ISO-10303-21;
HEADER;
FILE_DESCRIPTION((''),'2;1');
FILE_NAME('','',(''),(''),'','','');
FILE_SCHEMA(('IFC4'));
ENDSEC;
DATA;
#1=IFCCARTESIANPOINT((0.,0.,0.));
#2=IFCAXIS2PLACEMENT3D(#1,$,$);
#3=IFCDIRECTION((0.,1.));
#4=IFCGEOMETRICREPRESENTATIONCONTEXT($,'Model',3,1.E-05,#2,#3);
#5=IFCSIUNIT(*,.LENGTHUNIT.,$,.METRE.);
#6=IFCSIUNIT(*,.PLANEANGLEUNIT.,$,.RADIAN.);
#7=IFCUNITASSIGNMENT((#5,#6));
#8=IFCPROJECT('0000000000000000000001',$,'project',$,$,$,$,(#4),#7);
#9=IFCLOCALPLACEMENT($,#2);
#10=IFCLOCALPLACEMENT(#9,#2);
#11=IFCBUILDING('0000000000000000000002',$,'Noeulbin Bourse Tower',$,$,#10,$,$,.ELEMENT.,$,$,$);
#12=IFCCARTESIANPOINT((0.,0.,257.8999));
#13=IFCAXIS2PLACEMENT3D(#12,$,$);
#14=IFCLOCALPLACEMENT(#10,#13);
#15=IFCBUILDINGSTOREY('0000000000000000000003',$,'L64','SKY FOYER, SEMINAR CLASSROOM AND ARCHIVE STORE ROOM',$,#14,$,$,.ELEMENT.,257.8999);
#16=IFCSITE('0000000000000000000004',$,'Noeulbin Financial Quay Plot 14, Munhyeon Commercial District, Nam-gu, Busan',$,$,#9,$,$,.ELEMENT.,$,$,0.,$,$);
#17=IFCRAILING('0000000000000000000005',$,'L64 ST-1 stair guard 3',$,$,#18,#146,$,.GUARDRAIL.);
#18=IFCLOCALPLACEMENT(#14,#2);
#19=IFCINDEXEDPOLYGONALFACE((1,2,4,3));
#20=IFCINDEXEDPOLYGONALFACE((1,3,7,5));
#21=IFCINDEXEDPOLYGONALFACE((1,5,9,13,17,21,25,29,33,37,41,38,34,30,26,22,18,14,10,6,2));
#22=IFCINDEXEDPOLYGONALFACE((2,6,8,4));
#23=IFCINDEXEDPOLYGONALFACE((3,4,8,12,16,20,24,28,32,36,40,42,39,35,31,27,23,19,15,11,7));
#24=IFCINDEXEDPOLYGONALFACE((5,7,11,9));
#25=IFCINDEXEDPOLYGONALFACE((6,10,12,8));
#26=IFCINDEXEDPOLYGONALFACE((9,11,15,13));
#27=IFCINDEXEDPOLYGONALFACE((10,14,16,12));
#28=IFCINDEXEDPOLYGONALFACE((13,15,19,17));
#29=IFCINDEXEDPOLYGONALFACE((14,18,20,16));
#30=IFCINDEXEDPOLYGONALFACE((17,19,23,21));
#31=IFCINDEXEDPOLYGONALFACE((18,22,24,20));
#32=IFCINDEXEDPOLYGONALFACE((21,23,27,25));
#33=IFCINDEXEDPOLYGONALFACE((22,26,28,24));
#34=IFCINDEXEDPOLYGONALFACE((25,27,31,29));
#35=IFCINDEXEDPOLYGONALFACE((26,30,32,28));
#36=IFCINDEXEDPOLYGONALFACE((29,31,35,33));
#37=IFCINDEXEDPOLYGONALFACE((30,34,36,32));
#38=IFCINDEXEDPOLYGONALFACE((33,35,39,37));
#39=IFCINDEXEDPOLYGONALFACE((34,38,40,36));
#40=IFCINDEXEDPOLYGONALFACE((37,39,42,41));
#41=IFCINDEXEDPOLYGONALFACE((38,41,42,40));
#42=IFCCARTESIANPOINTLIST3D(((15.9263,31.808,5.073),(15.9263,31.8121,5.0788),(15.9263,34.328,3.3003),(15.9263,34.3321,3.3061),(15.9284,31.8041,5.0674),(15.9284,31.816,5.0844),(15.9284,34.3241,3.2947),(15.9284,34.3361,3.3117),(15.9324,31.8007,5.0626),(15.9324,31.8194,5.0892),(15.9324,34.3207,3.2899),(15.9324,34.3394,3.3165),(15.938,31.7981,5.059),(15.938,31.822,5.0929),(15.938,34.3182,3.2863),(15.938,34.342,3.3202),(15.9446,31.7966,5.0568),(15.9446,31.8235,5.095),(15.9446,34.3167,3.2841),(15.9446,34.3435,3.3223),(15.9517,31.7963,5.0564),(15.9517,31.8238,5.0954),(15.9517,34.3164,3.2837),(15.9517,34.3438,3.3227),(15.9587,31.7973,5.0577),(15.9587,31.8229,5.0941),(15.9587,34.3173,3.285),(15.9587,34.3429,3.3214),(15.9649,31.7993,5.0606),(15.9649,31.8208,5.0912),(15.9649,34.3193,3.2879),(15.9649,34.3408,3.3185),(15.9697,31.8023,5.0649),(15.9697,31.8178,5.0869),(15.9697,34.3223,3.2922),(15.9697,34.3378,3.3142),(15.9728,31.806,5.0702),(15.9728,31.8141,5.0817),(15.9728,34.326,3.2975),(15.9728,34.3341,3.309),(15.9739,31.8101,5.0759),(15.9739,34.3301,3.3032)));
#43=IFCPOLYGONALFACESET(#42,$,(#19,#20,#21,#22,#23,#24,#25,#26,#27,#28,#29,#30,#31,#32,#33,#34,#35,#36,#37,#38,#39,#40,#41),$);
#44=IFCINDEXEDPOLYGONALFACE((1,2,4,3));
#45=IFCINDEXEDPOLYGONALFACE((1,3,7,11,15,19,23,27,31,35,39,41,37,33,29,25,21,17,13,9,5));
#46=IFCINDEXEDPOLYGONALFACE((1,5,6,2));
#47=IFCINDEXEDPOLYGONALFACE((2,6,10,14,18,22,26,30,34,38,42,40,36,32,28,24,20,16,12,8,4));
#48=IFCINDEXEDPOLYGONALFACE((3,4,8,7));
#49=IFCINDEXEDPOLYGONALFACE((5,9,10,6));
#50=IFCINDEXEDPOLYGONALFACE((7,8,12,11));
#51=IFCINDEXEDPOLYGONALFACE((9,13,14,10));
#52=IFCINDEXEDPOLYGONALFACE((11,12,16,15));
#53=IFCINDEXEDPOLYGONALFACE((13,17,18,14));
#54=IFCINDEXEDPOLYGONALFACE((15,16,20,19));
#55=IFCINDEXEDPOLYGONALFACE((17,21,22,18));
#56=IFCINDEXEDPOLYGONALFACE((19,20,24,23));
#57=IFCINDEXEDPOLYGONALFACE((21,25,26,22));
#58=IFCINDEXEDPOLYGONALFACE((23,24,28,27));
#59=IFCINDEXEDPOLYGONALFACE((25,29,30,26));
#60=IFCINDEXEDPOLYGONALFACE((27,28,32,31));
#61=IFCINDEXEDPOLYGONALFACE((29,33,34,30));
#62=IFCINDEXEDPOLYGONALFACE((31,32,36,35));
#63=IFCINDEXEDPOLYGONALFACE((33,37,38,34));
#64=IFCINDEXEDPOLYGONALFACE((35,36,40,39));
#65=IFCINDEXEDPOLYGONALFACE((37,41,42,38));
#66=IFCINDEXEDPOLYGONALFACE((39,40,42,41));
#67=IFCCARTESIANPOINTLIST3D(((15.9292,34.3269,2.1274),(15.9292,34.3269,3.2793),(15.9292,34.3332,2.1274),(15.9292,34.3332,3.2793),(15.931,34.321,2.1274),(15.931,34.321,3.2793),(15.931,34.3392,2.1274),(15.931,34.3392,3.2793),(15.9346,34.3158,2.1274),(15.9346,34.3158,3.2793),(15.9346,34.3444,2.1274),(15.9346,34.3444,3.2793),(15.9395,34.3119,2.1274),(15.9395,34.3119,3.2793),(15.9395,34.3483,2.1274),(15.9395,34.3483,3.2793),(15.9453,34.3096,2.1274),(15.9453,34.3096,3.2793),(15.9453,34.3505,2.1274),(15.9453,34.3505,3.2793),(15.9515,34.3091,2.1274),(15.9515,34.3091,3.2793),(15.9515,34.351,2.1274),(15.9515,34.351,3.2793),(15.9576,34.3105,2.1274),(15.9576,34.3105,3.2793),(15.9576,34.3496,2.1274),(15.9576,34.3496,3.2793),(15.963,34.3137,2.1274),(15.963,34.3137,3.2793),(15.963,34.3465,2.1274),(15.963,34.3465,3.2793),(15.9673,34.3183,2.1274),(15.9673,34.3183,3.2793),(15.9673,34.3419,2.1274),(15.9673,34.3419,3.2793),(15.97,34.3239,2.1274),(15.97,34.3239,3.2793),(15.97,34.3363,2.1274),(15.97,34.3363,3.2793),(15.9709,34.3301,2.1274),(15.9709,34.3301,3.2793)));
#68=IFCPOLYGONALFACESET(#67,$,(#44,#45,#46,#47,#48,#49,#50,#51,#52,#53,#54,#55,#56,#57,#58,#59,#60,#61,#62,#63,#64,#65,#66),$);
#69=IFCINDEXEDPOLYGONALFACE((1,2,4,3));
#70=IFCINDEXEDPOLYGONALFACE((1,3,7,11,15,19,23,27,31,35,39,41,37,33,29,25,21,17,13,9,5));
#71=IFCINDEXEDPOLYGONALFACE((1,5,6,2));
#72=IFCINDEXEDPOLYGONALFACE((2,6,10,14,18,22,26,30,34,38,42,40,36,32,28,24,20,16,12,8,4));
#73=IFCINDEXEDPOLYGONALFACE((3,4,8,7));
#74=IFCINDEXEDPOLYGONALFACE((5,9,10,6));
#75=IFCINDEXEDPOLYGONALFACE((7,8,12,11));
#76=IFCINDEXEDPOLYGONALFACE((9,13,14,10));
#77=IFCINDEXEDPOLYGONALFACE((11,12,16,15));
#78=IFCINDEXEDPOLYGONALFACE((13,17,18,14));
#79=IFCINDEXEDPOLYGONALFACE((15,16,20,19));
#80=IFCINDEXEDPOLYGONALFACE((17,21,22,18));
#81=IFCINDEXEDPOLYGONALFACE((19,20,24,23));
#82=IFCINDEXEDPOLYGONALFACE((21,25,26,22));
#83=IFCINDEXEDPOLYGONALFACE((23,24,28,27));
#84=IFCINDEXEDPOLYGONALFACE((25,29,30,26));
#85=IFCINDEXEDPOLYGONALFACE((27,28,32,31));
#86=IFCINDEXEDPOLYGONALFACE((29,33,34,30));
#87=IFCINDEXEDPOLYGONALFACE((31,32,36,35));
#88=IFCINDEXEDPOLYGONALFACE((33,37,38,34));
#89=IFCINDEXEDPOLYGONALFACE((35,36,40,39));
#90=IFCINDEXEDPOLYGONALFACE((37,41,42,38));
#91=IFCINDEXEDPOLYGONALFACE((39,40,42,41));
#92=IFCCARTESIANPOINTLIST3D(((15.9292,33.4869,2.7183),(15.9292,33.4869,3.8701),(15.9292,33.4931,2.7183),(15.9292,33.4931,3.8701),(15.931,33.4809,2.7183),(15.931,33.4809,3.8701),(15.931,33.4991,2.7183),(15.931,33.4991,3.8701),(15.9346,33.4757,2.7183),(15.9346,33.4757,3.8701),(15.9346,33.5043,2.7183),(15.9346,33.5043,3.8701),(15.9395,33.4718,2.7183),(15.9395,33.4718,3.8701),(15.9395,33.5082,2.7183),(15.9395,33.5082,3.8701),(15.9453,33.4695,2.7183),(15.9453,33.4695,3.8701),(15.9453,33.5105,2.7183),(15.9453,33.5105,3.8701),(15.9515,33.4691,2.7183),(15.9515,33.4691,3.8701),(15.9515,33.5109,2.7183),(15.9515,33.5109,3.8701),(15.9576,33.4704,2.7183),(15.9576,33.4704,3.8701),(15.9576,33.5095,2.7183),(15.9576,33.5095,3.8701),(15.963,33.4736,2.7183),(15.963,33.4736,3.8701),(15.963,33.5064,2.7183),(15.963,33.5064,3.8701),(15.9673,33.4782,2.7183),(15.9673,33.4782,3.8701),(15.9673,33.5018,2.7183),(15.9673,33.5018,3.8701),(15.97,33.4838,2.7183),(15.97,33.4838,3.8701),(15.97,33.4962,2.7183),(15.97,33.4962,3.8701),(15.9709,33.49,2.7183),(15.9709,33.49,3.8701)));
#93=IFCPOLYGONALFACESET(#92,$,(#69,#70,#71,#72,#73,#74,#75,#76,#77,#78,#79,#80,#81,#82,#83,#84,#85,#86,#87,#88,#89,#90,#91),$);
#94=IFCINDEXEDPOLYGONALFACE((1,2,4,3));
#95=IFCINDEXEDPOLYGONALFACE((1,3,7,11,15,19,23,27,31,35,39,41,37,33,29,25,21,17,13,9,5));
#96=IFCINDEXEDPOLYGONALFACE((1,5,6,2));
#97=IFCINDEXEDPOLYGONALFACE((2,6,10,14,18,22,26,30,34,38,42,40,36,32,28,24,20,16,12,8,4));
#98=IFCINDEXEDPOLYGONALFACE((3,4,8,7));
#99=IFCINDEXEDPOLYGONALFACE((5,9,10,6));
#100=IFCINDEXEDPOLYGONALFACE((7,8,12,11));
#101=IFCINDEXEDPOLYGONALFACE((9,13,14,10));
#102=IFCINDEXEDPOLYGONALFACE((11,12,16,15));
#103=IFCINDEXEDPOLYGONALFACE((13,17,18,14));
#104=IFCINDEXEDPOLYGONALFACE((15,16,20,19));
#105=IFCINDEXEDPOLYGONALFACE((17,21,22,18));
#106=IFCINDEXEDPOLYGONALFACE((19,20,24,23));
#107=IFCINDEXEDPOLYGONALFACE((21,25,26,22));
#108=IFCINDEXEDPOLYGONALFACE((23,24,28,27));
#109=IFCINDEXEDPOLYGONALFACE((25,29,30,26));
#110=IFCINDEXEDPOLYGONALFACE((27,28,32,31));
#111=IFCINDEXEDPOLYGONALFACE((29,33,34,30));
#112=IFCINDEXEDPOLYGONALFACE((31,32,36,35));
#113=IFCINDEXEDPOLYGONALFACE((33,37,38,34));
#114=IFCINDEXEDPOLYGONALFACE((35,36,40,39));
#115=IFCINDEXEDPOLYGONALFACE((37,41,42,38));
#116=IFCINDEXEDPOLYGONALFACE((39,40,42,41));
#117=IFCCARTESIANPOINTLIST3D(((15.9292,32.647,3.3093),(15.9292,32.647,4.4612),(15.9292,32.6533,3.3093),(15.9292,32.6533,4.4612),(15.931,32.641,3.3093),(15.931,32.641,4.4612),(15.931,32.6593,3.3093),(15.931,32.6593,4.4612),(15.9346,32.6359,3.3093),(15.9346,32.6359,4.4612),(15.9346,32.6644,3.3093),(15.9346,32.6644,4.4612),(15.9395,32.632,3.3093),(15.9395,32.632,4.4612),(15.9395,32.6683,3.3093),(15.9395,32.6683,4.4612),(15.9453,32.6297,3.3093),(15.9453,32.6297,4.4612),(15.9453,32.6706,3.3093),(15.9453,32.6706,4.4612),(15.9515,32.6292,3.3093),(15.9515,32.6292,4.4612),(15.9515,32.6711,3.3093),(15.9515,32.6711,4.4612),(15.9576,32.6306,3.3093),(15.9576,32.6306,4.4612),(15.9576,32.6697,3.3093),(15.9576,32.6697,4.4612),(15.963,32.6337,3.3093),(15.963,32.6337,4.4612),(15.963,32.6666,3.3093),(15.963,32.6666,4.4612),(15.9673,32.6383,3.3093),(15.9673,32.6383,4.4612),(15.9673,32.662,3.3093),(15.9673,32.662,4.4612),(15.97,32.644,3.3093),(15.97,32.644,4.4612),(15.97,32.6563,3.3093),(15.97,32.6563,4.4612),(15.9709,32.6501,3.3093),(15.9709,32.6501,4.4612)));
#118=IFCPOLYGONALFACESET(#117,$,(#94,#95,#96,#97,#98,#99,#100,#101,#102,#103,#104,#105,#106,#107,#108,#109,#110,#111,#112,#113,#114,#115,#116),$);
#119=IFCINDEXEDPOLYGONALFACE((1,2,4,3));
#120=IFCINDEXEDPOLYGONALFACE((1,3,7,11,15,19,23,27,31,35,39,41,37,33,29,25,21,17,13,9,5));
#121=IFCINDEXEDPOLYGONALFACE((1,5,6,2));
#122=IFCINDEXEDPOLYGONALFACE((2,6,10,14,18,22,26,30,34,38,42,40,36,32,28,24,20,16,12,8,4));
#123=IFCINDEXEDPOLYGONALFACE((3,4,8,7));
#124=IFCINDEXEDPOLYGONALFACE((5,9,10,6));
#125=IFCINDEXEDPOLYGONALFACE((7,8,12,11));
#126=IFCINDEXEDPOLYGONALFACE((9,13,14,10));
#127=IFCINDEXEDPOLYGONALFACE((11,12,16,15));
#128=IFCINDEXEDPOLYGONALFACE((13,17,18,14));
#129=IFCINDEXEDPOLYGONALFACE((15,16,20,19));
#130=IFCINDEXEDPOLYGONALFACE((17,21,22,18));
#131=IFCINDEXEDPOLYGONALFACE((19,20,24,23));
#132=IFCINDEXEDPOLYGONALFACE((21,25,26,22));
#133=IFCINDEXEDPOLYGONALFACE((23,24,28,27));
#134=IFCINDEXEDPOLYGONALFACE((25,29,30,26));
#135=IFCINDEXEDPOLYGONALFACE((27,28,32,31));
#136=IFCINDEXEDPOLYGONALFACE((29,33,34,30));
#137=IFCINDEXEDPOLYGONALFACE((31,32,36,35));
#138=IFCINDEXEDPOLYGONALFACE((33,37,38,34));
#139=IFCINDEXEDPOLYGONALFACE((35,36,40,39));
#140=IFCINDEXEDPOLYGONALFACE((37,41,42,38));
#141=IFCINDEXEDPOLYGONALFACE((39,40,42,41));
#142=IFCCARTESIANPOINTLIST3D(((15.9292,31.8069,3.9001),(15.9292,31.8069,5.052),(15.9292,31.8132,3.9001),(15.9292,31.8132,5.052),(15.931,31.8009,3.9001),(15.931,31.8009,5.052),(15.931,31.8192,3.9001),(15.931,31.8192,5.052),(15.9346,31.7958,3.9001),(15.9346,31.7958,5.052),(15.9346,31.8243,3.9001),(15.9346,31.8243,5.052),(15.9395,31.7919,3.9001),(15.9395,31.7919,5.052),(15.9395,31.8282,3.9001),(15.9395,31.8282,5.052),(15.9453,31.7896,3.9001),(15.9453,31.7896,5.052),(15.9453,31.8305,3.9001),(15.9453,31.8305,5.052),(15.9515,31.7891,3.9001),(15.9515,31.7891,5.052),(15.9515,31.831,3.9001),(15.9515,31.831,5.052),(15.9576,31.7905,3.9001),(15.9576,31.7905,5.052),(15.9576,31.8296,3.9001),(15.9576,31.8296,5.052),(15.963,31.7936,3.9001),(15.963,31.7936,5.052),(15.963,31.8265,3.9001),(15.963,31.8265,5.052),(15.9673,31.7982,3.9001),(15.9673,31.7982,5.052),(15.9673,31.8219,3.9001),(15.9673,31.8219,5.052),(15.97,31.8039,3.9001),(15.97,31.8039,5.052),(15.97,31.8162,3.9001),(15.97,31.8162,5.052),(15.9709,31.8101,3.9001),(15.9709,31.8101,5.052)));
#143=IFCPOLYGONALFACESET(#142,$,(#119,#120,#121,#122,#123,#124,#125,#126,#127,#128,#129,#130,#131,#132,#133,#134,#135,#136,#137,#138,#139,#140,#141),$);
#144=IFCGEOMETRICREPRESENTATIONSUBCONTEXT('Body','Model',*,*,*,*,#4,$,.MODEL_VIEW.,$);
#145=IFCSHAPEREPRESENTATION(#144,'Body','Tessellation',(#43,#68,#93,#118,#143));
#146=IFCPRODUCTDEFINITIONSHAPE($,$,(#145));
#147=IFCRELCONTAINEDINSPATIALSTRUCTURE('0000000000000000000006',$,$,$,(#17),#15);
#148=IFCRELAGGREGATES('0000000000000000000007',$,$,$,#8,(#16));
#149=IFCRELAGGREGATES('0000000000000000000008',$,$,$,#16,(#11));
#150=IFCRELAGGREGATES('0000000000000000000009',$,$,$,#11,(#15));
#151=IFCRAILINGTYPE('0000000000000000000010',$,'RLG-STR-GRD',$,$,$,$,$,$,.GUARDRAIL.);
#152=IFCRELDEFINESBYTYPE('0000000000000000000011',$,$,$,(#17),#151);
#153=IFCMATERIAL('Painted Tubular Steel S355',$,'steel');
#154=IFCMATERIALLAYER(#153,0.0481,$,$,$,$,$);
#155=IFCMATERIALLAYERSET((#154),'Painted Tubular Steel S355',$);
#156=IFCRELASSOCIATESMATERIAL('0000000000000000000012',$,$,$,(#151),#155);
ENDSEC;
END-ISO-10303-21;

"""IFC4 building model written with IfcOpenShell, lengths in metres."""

from ifc_helpers import new_model, si_unit, direction, frame, origin, origin_2d, place, context, subcontext, project, spatial, circle, extrude, material, layer, layer_set, type_object, element, save


model = new_model("IFC4")

# Units and contexts
model_context = context("Model", 3, precision=1e-05, world=origin(), true_north=direction((0.0, 1.0)))
body_context = subcontext(model_context, "Body", "Model", "MODEL_VIEW")
ifc_project = project(units=[si_unit("LENGTHUNIT", "METRE"), si_unit("PLANEANGLEUNIT", "RADIAN")], contexts=[model_context])

# Site, building, storey
site_placement = place(None, origin())
site = spatial("IfcSite", under=ifc_project, at=site_placement, Name="Noeulbin Financial Quay Plot 14, Munhyeon Commercial District, Nam-gu, Busan", CompositionType="ELEMENT", RefElevation=0.0)
building_placement = place(site_placement, origin())
building = spatial("IfcBuilding", under=site, at=building_placement, Name="Noeulbin Bourse Tower", CompositionType="ELEMENT")
storey_placement = place(building_placement, frame((0.0, 0.0, 257.8999)))
storey = spatial("IfcBuildingStorey", under=building, at=storey_placement, Name="L64", Description="SKY FOYER, SEMINAR CLASSROOM AND ARCHIVE STORE ROOM", CompositionType="ELEMENT", Elevation=257.8999)

# Railing
ifc_material_1 = material(Name="Painted Tubular Steel S355", Category="steel")
ifc_layer_1 = layer(ifc_material_1, 0.0481)
ifc_layer_set_1 = layer_set([ifc_layer_1], Name="Painted Tubular Steel S355")
railing_type_1 = type_object("IfcRailingType", Name="RLG-STR-GRD", PredefinedType="GUARDRAIL", material=ifc_layer_set_1)
railing_1_placement = place(storey_placement, frame((15.95, 34.3301, 2.1274)))
element("IfcRailing", 1, at=railing_1_placement, inside=storey, type_object=railing_type_1, Name="L64 ST-1 stair guard 3", PredefinedType="GUARDRAIL", context=body_context, shape_type="SweptSolid", body=[
    extrude(circle(Radius=0.0239, at=origin_2d()), frame((0.0, 0.0, 1.1758), z_axis=(0.0, -0.817904, 0.575354), x_axis=(1.0, 0.0, 0.0)), (0.0, 0.0, 1.0), 3.0811),
    extrude(circle(Radius=0.021, at=origin_2d()), origin(), (0.0, 0.0, 1.0), 1.1519),
    extrude(circle(Radius=0.021, at=origin_2d()), frame((0.0, -0.8401, 0.5908)), (0.0, 0.0, 1.0), 1.1519),
    extrude(circle(Radius=0.021, at=origin_2d()), frame((0.0, -1.6799, 1.1819)), (0.0, 0.0, 1.0), 1.1519),
    extrude(circle(Radius=0.021, at=origin_2d()), frame((0.0, -2.52, 1.7727)), (0.0, 0.0, 1.0), 1.1519),
])

save(model, "model.ifc")
